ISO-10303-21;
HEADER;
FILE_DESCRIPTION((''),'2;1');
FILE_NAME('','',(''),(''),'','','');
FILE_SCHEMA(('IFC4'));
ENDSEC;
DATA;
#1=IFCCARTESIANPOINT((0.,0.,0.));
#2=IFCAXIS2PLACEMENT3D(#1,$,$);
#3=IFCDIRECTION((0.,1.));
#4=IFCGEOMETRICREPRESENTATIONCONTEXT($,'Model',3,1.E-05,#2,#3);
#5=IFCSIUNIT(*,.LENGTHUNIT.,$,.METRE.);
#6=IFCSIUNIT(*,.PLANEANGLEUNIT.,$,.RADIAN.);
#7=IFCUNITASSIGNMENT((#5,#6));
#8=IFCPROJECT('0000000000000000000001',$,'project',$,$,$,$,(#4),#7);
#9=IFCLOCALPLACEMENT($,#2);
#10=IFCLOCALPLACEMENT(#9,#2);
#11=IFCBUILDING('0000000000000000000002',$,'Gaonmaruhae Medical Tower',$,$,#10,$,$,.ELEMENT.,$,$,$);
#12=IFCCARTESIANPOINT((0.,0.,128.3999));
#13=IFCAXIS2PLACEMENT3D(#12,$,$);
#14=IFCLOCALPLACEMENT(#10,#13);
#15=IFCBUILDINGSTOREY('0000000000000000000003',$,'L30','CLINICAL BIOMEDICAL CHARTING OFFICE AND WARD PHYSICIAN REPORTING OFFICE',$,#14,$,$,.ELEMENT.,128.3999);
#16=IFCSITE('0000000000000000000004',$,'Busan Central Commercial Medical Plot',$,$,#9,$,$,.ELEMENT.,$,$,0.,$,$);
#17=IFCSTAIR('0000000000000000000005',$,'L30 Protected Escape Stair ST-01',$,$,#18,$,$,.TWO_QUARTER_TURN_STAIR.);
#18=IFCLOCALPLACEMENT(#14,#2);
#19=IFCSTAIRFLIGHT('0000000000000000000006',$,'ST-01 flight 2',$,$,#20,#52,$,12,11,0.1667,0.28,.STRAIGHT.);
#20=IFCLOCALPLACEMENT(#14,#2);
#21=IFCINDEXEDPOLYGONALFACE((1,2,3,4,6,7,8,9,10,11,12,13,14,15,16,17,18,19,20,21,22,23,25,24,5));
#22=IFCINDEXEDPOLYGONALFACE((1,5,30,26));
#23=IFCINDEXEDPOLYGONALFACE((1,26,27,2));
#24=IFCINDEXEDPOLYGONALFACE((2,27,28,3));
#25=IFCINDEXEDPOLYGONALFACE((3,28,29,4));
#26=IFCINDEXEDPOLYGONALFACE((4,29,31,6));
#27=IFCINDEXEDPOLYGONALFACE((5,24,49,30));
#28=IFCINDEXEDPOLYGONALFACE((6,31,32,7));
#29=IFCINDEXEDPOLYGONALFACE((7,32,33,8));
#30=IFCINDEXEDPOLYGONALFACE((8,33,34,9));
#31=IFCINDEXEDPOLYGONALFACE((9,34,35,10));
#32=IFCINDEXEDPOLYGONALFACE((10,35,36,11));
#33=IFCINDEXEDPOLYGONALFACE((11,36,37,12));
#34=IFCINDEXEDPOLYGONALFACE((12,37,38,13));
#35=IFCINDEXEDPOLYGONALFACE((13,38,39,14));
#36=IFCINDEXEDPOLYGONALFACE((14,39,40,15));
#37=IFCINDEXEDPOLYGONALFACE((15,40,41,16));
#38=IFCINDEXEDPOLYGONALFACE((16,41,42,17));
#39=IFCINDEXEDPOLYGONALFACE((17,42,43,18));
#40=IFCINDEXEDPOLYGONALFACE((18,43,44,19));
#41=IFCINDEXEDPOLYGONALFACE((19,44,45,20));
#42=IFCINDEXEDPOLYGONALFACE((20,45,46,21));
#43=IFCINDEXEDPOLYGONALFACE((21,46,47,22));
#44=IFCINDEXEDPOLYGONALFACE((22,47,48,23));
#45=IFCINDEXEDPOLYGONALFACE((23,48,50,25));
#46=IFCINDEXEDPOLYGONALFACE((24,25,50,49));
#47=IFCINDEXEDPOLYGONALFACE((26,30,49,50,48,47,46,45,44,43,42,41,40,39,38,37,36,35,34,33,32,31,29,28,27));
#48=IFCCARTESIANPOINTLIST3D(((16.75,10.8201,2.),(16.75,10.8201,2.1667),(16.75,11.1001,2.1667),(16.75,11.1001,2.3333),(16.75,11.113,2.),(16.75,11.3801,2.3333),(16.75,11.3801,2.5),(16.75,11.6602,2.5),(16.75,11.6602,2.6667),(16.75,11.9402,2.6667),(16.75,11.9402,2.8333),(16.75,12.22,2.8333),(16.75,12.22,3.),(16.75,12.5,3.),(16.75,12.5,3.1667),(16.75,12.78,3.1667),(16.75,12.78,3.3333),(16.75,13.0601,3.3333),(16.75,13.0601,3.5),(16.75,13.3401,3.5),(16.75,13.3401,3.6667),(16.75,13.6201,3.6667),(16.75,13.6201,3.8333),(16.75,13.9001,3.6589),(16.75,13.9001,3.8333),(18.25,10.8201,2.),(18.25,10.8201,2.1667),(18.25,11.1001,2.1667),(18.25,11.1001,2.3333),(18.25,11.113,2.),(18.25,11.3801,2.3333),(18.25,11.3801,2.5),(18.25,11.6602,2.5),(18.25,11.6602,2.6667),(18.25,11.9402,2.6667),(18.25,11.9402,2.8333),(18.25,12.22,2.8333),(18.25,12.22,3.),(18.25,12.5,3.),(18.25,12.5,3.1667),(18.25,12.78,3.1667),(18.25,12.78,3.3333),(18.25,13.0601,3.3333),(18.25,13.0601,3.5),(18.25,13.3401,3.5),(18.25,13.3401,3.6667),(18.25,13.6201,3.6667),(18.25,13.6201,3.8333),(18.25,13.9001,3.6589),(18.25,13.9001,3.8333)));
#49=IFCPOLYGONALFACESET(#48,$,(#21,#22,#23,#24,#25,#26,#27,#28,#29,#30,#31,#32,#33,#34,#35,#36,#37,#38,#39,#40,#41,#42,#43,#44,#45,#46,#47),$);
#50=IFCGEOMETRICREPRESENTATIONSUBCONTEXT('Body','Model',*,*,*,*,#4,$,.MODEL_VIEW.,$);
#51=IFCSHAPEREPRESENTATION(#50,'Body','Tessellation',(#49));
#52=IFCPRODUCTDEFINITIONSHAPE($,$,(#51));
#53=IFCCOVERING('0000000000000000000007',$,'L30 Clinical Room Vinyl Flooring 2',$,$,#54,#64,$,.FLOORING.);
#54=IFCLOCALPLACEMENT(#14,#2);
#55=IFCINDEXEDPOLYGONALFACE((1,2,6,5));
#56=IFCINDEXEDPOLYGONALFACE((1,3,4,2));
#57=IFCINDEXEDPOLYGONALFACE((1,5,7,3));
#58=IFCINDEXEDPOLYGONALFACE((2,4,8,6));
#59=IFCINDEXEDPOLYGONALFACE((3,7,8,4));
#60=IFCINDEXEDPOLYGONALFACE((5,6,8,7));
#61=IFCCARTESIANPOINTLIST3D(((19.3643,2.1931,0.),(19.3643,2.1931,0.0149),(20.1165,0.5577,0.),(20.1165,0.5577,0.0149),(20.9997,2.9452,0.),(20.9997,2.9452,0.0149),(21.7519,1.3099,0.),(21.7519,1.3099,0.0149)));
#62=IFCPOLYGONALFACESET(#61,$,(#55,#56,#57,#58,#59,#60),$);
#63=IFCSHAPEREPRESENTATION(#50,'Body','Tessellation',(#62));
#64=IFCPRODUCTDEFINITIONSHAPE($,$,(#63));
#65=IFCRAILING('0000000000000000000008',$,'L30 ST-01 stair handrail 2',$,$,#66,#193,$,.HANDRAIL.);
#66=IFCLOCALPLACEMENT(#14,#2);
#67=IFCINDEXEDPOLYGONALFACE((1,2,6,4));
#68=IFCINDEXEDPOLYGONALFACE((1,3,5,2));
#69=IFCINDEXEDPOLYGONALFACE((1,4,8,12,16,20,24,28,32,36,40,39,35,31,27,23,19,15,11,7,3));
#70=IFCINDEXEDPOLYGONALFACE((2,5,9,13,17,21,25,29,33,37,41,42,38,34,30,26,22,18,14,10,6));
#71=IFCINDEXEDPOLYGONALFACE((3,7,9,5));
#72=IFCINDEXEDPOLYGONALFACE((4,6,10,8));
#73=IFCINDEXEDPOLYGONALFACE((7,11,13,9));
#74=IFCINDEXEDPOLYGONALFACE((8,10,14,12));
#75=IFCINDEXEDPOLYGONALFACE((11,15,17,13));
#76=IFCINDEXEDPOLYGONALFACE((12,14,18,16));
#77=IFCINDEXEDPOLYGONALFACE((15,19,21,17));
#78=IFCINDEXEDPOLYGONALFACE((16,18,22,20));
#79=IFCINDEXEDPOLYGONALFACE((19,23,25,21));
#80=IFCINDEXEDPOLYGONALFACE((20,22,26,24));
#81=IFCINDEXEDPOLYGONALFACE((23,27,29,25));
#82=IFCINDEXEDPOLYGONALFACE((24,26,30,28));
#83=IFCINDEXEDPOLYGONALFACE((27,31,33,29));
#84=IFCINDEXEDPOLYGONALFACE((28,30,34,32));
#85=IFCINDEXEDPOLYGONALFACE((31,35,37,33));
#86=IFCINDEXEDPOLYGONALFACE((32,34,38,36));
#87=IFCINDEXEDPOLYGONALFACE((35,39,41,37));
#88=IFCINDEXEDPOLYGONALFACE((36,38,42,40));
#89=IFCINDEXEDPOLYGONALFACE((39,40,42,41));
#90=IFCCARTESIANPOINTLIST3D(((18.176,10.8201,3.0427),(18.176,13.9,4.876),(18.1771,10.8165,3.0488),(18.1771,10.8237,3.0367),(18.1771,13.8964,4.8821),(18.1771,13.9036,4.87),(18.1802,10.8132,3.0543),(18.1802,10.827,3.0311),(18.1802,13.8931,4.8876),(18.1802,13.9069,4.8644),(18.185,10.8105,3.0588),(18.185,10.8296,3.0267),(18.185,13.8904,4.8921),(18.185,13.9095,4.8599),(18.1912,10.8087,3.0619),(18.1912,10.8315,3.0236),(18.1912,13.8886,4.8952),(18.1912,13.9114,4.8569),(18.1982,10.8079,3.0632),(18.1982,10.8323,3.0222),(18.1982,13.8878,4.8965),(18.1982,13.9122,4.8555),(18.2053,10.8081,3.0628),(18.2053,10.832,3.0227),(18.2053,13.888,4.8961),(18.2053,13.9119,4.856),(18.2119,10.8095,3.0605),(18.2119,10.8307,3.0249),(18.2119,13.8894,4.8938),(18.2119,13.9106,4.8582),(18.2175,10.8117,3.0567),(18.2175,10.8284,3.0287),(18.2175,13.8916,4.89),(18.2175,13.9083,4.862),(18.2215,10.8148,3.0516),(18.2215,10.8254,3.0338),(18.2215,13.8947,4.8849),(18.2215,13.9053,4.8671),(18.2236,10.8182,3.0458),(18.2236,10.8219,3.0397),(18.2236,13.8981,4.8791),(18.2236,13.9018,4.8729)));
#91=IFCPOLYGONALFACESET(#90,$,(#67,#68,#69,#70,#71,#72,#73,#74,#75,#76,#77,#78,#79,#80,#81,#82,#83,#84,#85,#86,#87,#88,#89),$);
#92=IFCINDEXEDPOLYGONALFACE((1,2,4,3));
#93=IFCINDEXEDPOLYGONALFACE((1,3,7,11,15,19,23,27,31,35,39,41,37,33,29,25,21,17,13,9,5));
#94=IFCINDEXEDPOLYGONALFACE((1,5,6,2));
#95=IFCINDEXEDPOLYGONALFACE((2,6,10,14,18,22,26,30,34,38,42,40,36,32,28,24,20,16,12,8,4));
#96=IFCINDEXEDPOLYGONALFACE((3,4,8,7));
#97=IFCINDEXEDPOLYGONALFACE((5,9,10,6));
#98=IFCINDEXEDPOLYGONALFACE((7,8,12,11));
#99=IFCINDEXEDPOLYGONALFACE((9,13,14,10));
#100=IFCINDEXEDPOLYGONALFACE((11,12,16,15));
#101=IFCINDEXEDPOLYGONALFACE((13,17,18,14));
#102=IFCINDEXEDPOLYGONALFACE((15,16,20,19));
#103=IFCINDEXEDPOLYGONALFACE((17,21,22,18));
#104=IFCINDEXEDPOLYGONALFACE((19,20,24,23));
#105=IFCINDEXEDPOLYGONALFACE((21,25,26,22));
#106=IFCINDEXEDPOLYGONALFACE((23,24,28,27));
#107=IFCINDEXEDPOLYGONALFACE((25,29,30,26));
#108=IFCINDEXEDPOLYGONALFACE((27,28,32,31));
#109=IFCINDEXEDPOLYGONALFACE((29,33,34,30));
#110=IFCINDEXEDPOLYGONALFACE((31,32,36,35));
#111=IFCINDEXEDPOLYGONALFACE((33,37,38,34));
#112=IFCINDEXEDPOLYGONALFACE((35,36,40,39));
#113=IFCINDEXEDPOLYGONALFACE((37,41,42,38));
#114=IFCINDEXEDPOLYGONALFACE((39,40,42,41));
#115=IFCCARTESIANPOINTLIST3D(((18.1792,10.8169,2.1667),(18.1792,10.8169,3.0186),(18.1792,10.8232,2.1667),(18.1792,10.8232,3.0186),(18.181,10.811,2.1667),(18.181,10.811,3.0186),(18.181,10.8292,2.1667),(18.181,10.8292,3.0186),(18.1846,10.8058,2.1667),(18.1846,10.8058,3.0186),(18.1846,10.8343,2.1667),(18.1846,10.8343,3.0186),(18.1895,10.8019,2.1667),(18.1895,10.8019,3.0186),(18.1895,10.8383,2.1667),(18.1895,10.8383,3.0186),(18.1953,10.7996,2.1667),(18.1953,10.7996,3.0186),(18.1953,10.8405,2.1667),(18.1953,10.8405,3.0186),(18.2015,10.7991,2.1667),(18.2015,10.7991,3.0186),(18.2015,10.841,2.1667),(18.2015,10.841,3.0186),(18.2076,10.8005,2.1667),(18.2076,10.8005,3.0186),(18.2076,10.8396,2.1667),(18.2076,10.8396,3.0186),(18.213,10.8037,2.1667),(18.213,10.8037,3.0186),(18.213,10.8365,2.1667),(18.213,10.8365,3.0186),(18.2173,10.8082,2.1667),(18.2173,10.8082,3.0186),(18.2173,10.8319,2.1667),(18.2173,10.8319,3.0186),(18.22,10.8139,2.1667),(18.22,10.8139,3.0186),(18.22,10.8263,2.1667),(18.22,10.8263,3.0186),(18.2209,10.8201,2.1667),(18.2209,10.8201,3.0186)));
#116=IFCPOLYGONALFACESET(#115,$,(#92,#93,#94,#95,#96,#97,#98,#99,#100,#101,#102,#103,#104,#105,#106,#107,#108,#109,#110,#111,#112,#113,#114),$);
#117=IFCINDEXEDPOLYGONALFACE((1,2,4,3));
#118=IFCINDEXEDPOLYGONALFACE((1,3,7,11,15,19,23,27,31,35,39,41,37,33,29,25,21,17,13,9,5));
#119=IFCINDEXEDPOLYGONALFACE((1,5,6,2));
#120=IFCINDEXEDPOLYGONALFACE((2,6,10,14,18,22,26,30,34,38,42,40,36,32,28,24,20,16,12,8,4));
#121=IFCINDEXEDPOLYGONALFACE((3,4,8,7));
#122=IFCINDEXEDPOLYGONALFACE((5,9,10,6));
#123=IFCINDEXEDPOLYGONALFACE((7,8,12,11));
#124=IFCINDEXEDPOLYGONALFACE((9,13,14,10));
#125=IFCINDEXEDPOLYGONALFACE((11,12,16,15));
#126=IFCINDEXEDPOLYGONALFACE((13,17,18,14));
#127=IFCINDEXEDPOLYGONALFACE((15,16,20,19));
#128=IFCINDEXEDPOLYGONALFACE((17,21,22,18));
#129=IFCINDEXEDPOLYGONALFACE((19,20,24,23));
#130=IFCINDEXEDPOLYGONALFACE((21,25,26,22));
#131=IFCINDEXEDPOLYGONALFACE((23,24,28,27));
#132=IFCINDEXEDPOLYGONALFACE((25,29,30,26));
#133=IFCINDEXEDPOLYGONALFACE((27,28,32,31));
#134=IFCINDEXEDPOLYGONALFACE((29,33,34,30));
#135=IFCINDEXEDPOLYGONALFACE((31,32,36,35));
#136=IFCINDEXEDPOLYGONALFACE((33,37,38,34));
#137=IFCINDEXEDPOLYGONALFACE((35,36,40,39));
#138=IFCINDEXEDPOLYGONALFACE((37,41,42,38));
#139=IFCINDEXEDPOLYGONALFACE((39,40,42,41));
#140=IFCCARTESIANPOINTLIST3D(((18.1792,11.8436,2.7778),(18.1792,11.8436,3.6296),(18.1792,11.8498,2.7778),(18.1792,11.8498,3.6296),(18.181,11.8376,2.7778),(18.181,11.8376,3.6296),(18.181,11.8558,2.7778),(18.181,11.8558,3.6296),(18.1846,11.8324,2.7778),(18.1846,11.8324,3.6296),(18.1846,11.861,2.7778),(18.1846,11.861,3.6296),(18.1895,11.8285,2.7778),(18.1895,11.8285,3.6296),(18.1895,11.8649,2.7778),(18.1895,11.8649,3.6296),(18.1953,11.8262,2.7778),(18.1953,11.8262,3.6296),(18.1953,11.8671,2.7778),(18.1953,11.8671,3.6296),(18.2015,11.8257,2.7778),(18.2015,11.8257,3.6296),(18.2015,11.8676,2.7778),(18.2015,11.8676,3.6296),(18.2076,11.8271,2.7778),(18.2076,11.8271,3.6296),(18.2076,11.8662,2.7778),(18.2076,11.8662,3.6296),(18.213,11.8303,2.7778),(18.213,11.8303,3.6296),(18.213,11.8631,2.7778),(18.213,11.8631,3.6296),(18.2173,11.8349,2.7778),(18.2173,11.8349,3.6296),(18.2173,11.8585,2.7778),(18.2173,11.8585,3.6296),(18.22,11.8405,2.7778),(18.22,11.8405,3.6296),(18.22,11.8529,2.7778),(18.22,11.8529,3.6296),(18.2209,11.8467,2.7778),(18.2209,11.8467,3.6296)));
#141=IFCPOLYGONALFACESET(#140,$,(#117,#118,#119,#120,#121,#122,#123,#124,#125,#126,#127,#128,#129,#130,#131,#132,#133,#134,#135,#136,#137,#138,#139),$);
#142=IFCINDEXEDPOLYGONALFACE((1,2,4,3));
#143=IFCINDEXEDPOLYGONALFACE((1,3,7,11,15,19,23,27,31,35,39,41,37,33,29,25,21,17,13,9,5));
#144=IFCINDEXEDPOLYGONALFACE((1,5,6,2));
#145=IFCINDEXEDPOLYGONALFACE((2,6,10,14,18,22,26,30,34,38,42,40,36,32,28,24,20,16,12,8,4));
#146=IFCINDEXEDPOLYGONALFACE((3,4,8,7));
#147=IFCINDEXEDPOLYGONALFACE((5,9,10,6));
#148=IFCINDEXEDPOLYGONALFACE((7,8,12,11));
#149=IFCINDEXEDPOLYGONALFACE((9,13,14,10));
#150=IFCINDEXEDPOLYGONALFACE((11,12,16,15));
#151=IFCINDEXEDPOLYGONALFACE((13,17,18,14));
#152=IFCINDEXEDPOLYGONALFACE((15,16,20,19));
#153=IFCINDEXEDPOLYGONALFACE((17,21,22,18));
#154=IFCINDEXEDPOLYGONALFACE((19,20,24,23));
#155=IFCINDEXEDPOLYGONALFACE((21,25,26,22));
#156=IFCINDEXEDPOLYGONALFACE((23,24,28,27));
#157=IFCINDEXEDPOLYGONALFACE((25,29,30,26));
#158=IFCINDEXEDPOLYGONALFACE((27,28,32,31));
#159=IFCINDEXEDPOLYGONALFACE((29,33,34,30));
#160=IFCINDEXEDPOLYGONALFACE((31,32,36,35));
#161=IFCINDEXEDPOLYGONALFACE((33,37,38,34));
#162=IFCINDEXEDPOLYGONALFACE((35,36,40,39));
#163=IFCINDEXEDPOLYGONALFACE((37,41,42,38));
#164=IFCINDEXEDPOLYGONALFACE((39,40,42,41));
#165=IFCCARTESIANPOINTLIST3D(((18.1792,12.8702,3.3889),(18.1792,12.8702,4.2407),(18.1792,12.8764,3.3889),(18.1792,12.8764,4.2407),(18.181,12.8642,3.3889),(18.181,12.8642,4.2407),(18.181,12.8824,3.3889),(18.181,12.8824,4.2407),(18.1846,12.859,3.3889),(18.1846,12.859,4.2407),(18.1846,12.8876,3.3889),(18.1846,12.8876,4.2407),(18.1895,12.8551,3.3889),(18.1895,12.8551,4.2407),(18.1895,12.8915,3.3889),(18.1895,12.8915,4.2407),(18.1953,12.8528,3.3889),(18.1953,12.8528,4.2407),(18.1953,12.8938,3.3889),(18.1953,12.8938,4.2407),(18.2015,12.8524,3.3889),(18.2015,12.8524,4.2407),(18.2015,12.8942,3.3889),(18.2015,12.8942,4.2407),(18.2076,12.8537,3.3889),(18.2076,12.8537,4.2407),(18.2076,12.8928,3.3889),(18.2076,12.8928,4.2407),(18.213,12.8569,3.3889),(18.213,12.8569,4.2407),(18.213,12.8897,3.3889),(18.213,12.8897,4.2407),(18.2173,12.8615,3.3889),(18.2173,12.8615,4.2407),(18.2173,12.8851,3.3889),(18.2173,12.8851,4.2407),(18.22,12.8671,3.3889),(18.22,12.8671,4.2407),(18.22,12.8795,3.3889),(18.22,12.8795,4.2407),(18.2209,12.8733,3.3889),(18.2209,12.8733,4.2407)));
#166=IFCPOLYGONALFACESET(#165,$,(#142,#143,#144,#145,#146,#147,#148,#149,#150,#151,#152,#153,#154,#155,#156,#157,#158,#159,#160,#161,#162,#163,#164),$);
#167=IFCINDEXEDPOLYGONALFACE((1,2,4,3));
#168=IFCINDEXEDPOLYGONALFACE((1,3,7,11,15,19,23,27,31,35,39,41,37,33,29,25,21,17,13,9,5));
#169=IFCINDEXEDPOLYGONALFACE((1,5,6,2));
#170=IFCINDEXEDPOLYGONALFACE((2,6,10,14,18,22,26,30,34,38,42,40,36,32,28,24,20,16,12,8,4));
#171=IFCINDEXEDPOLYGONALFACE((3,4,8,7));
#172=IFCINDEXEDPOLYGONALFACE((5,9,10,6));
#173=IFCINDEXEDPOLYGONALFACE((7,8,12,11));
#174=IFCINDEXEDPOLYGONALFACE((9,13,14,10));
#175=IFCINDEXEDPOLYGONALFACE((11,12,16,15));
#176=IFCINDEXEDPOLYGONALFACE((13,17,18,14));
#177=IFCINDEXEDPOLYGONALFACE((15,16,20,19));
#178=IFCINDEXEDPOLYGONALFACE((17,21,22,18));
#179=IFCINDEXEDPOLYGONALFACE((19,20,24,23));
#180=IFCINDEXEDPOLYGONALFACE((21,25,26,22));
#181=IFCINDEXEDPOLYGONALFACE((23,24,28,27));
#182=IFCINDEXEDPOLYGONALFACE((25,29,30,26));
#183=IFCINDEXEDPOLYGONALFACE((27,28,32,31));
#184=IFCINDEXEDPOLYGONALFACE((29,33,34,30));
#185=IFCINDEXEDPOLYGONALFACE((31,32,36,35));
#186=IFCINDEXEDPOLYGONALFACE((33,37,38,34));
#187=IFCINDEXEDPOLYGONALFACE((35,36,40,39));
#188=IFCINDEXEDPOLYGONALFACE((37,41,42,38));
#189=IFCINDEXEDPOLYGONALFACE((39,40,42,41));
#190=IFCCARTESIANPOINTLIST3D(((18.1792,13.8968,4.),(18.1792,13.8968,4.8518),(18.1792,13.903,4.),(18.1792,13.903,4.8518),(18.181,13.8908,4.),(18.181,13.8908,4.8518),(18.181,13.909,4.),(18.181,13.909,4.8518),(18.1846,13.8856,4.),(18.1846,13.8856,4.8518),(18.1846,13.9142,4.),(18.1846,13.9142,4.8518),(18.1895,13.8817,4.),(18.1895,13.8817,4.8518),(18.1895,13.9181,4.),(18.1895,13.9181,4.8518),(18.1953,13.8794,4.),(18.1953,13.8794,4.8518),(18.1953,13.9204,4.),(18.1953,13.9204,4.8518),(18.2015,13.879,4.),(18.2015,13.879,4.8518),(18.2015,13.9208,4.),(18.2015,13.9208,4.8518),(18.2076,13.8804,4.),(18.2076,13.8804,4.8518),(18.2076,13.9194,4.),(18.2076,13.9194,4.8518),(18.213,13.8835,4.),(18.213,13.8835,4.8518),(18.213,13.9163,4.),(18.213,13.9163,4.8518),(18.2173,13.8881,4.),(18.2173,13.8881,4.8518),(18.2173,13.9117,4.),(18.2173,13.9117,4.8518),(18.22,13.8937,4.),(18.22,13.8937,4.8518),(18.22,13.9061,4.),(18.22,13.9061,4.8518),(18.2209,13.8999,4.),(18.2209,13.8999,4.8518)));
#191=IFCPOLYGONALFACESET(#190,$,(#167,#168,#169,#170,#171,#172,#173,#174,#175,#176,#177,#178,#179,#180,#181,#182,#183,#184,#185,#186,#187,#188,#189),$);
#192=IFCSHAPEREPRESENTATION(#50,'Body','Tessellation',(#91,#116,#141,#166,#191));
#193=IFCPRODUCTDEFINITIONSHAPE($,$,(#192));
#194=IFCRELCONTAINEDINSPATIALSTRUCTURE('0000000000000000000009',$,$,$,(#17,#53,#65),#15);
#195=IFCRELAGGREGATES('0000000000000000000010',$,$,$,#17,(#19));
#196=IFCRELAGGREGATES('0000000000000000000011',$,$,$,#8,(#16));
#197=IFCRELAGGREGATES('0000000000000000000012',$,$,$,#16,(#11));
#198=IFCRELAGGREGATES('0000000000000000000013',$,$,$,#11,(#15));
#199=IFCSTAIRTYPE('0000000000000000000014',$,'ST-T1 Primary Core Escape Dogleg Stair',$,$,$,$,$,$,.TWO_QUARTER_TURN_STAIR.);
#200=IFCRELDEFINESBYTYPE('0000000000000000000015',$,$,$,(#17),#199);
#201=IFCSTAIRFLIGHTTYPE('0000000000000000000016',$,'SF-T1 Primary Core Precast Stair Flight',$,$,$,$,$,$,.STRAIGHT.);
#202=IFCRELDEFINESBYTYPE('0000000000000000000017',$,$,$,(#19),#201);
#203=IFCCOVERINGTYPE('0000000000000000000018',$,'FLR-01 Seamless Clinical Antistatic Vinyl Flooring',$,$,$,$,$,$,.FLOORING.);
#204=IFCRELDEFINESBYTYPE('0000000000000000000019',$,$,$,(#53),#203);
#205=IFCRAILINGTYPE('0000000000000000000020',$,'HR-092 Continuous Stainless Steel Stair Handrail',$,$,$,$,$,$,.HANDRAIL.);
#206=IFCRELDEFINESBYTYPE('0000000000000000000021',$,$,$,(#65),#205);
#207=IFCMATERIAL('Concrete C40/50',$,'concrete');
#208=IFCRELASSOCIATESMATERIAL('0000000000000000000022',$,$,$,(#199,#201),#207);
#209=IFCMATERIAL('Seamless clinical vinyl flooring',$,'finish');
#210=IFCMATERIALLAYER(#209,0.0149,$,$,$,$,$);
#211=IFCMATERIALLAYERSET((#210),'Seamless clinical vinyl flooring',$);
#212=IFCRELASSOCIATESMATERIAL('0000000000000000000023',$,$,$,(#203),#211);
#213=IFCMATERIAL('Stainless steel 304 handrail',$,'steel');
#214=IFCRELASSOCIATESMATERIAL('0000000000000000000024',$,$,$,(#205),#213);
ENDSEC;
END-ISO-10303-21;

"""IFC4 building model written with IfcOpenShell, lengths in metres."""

from ifc_helpers import new_model, si_unit, direction, frame, origin, origin_2d, place, context, subcontext, project, spatial, polyline, rectangle, circle, outline, extrude, material, layer, layer_set, type_object, element, aggregate, save


model = new_model("IFC4")

# Units and contexts
model_context = context("Model", 3, precision=1e-05, world=origin(), true_north=direction((0.0, 1.0)))
body_context = subcontext(model_context, "Body", "Model", "MODEL_VIEW")
ifc_project = project(units=[si_unit("LENGTHUNIT", "METRE"), si_unit("PLANEANGLEUNIT", "RADIAN")], contexts=[model_context])

# Site, building, storey
site_placement = place(None, origin())
site = spatial("IfcSite", under=ifc_project, at=site_placement, Name="Busan Central Commercial Medical Plot", CompositionType="ELEMENT", RefElevation=0.0)
building_placement = place(site_placement, origin())
building = spatial("IfcBuilding", under=site, at=building_placement, Name="Gaonmaruhae Medical Tower", CompositionType="ELEMENT")
storey_placement = place(building_placement, frame((0.0, 0.0, 128.3999)))
storey = spatial("IfcBuildingStorey", under=building, at=storey_placement, Name="L30", Description="CLINICAL BIOMEDICAL CHARTING OFFICE AND WARD PHYSICIAN REPORTING OFFICE", CompositionType="ELEMENT", Elevation=128.3999)

# Stair, stair flight
ifc_material_1 = material(Name="Concrete C40/50", Category="concrete")
stair_type = type_object("IfcStairType", Name="ST-T1 Primary Core Escape Dogleg Stair", PredefinedType="TWO_QUARTER_TURN_STAIR", material=ifc_material_1)
stair_placement = place(storey_placement, origin())
stair = element("IfcStair", 1, at=stair_placement, inside=storey, type_object=stair_type, Name="L30 Protected Escape Stair ST-01", PredefinedType="TWO_QUARTER_TURN_STAIR")
stair_flight_type = type_object("IfcStairFlightType", Name="SF-T1 Primary Core Precast Stair Flight", PredefinedType="STRAIGHT", material=ifc_material_1)
stair_flight_placement = place(storey_placement, frame((17.5, 10.8201, 2.0), z_axis=(0.0, 0.0, 1.0), x_axis=(0.0, 1.0, 0.0)))
stair_flight = element("IfcStairFlight", 2, at=stair_flight_placement, type_object=stair_flight_type, Name="ST-01 flight 2", NumberOfRisers=12, NumberOfTreads=11, PredefinedType="STRAIGHT", RiserHeight=0.1667, TreadLength=0.28, context=body_context, shape_type="SweptSolid", body=[
    extrude(outline(polyline([(0.0, 0.0), (0.0, 0.1667), (0.28, 0.1667), (0.28, 0.3333), (0.5601, 0.3333), (0.5601, 0.5), (0.8401, 0.5), (0.8401, 0.6667), (1.1201, 0.6667), (1.1201, 0.8333), (1.3999, 0.8333), (1.3999, 1.0), (1.6799, 1.0), (1.6799, 1.1667), (1.96, 1.1667), (1.96, 1.3333), (2.24, 1.3333), (2.24, 1.5), (2.52, 1.5), (2.52, 1.6667), (2.8, 1.6667), (2.8, 1.8333), (3.0801, 1.8333), (3.0801, 2.0), (3.0801, 1.6589), (0.293, 0.0), (0.0, 0.0)])), frame((0.0, 0.75, 0.0), z_axis=(0.0, -1.0, 0.0), x_axis=(1.0, 0.0, 0.0)), (0.0, 0.0, 1.0), 1.5),
])
aggregate(stair, [stair_flight])

# Covering
ifc_material_2 = material(Name="Seamless clinical vinyl flooring", Category="finish")
ifc_layer_1 = layer(ifc_material_2, 0.0149)
ifc_layer_set_1 = layer_set([ifc_layer_1], Name="Seamless clinical vinyl flooring")
covering_type = type_object("IfcCoveringType", Name="FLR-01 Seamless Clinical Antistatic Vinyl Flooring", PredefinedType="FLOORING", material=ifc_layer_set_1)
covering_placement = place(storey_placement, frame((20.5581, 1.7515, 0.0), z_axis=(0.0, 0.0, 1.0), x_axis=(0.908508, 0.417867, 0.0)))
element("IfcCovering", 3, at=covering_placement, inside=storey, type_object=covering_type, Name="L30 Clinical Room Vinyl Flooring 2", PredefinedType="FLOORING", context=body_context, shape_type="SweptSolid", body=[
    extrude(rectangle(XDim=1.8, YDim=1.8, at=origin_2d()), origin(), (0.0, 0.0, 1.0), 0.0149),
])

# Railing
ifc_material_3 = material(Name="Stainless steel 304 handrail", Category="steel")
railing_type_1 = type_object("IfcRailingType", Name="HR-092 Continuous Stainless Steel Stair Handrail", PredefinedType="HANDRAIL", material=ifc_material_3)
railing_1_placement = place(storey_placement, frame((18.2, 10.8201, 2.1667)))
element("IfcRailing", 4, at=railing_1_placement, inside=storey, type_object=railing_type_1, Name="L30 ST-01 stair handrail 2", PredefinedType="HANDRAIL", context=body_context, shape_type="SweptSolid", body=[
    extrude(circle(Radius=0.0239, at=origin_2d()), frame((0.0, 0.0, 0.876), z_axis=(0.0, 0.859291, 0.511487), x_axis=(-1.0, 0.0, 0.0)), (0.0, 0.0, 1.0), 3.5842),
    extrude(circle(Radius=0.021, at=origin_2d()), origin(), (0.0, 0.0, 1.0), 0.8518),
    extrude(circle(Radius=0.021, at=origin_2d()), frame((0.0, 1.0266, 0.6111)), (0.0, 0.0, 1.0), 0.8518),
    extrude(circle(Radius=0.021, at=origin_2d()), frame((0.0, 2.0532, 1.2222)), (0.0, 0.0, 1.0), 0.8518),
    extrude(circle(Radius=0.021, at=origin_2d()), frame((0.0, 3.0798, 1.8333)), (0.0, 0.0, 1.0), 0.8518),
])

save(model, "model.ifc")
